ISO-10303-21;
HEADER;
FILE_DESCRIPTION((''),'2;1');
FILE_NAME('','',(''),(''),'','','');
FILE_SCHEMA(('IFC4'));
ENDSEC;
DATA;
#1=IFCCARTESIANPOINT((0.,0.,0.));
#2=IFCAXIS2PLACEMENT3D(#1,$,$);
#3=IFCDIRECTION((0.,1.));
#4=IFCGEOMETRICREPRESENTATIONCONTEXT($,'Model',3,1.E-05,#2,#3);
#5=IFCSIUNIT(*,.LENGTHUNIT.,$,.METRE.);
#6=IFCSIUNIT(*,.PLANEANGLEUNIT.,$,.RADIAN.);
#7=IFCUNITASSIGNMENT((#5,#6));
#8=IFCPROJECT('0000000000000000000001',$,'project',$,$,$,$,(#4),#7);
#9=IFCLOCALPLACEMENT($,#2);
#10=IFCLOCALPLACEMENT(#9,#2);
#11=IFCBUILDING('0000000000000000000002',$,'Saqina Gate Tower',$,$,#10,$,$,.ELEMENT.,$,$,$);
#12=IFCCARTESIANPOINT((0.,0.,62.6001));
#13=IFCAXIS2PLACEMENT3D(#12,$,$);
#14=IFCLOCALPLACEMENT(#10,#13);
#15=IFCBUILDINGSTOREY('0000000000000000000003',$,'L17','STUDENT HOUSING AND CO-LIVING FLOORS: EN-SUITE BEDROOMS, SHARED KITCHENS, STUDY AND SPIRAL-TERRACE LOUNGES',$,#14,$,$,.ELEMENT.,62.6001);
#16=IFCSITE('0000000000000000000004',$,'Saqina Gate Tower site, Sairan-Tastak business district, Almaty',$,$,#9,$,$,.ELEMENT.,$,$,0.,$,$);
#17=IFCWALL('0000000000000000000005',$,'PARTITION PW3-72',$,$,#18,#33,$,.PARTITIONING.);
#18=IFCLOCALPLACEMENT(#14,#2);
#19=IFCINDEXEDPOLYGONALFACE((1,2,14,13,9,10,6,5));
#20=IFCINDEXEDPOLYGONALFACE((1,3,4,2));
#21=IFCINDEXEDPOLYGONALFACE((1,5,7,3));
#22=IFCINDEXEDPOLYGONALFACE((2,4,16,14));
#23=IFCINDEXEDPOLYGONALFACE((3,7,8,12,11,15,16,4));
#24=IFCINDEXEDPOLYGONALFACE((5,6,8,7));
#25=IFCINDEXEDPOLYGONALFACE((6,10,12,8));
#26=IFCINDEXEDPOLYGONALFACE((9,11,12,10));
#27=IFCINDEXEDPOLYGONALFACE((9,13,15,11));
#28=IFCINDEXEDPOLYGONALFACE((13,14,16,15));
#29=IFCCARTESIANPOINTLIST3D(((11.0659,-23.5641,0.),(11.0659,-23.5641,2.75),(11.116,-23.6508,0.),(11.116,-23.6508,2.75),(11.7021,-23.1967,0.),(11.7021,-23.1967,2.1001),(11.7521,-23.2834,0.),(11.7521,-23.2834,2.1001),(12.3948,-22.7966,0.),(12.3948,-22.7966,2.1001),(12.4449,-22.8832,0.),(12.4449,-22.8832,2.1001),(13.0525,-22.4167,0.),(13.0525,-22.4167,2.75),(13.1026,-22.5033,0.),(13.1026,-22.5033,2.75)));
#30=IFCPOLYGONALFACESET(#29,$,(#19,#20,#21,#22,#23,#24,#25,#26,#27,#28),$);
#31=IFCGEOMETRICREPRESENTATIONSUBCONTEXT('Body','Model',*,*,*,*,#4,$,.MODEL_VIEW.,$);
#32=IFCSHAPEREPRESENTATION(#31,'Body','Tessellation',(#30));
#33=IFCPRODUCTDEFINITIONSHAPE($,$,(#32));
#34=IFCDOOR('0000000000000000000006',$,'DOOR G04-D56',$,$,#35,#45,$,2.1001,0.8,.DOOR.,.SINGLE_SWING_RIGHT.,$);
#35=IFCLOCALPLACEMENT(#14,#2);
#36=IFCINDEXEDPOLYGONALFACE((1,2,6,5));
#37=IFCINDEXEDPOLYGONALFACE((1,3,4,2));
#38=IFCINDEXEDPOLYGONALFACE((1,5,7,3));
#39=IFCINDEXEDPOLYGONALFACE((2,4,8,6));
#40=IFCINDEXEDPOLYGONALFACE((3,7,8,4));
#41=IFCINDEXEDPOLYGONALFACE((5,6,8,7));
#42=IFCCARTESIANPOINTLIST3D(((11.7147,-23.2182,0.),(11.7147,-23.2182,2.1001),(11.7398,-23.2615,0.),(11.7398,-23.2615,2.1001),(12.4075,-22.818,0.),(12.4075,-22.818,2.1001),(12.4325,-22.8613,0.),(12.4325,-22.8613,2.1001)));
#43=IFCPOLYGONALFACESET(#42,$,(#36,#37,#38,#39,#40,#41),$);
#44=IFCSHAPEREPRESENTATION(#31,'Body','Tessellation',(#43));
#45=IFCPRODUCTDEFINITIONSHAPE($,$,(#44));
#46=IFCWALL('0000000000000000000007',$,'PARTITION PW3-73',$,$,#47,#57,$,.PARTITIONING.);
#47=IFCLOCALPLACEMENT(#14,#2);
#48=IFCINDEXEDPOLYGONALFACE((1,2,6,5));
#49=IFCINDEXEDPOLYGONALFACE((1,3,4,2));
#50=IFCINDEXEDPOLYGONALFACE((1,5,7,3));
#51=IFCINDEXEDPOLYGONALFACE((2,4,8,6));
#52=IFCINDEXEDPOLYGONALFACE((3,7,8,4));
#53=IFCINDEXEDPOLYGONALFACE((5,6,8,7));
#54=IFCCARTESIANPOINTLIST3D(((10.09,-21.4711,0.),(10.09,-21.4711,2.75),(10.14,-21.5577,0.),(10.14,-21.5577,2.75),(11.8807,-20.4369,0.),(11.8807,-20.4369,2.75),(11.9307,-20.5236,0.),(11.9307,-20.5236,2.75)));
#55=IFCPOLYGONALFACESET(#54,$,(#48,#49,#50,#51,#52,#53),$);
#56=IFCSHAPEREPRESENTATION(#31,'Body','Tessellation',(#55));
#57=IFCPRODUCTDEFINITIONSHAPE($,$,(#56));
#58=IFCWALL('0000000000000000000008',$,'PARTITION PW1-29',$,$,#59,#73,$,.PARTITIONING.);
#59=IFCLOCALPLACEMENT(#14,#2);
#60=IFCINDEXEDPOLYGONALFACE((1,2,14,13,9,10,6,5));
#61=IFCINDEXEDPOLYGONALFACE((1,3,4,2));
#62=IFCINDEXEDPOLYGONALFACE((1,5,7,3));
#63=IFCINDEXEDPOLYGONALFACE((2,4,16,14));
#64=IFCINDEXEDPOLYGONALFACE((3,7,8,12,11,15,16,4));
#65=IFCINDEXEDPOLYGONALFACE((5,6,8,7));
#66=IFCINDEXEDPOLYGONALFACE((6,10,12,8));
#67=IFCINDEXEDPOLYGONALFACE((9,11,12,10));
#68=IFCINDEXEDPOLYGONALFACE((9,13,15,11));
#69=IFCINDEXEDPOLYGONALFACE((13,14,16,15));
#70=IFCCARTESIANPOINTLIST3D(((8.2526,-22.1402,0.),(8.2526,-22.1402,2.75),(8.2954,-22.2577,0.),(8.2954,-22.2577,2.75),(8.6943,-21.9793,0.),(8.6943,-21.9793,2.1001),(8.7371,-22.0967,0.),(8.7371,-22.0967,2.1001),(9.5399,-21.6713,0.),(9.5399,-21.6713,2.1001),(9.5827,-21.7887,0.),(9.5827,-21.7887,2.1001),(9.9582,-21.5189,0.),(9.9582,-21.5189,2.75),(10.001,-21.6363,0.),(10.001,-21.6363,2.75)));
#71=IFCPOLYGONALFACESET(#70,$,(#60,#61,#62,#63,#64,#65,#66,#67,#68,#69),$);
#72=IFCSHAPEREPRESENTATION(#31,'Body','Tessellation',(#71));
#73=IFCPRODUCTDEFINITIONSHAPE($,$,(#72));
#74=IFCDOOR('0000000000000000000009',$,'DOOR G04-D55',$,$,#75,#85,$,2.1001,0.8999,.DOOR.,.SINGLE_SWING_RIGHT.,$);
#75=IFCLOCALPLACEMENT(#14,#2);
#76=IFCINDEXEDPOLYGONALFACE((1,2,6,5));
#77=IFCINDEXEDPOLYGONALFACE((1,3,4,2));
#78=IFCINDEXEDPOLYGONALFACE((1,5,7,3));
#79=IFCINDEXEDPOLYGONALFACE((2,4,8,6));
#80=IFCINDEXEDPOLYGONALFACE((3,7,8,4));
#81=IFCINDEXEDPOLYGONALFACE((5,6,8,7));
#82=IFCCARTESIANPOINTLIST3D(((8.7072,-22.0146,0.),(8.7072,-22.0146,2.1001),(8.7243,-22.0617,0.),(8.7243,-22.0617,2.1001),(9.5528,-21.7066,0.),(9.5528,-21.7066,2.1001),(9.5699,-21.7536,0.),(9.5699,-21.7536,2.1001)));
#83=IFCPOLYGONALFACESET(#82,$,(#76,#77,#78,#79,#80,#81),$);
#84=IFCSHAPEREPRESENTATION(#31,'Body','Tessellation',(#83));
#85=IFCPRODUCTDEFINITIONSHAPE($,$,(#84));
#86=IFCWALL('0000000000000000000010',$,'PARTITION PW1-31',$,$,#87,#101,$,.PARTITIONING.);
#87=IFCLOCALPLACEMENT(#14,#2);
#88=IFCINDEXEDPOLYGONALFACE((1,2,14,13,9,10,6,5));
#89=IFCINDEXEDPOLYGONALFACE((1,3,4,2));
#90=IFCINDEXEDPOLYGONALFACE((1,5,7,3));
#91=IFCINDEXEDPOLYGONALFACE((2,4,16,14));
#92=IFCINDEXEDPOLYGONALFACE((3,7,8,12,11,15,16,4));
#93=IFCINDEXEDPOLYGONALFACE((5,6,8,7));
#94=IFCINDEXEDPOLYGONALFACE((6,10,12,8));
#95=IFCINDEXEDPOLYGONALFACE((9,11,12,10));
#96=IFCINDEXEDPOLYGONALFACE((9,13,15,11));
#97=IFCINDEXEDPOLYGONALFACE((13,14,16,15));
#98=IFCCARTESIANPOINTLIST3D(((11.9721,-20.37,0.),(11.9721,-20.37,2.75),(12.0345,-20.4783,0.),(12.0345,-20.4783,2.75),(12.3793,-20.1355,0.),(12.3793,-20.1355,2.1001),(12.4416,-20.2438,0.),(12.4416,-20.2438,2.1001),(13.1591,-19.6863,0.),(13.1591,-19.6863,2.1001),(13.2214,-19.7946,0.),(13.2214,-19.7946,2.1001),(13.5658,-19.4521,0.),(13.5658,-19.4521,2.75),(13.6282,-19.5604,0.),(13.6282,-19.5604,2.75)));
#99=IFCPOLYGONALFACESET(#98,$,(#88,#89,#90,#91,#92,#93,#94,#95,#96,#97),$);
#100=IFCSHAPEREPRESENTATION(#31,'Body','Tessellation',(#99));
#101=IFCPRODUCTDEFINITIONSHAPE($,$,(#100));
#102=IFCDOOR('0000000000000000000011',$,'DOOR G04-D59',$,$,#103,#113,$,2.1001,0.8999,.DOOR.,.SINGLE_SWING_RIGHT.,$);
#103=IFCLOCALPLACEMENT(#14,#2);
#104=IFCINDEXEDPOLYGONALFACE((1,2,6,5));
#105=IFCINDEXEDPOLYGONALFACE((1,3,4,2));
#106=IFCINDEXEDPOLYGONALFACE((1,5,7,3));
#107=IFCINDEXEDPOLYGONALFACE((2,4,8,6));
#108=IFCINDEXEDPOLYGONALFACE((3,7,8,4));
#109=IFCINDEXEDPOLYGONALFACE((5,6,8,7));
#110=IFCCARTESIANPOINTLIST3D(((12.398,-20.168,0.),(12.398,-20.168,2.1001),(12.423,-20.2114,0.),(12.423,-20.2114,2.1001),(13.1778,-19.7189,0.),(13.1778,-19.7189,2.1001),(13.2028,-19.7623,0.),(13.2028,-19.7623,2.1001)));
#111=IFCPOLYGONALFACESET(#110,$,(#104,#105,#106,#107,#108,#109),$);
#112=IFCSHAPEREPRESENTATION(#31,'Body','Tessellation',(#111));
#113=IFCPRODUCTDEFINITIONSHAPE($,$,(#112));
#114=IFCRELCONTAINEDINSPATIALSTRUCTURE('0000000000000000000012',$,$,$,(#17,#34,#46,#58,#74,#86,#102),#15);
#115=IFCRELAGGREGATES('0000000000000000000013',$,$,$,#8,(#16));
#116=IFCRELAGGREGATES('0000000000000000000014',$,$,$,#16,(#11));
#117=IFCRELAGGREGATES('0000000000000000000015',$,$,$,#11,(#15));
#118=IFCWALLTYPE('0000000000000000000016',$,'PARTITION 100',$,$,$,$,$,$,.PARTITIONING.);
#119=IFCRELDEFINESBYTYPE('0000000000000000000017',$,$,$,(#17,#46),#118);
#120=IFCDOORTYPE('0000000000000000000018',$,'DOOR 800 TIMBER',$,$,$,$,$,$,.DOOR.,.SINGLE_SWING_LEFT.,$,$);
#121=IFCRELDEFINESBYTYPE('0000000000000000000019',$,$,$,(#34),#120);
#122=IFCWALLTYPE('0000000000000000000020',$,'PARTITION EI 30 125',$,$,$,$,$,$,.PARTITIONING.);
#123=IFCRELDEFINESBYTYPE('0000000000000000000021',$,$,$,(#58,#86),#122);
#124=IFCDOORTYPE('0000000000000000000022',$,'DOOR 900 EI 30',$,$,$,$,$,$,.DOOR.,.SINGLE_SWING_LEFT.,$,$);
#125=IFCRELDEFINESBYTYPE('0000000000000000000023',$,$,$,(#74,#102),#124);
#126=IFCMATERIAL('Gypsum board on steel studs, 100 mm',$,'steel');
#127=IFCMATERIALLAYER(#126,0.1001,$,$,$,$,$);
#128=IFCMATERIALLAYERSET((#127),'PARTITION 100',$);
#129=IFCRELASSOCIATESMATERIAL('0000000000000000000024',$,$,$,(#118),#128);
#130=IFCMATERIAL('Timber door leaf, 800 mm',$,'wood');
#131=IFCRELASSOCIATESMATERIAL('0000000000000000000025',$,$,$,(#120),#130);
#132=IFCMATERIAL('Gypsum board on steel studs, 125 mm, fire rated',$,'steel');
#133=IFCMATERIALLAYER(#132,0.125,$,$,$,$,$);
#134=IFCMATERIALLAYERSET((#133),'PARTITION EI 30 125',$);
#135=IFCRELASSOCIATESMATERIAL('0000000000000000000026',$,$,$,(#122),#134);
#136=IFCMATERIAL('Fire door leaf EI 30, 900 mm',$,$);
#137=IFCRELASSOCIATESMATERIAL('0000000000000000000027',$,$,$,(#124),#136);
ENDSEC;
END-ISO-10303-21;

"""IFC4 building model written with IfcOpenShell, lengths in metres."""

from ifc_helpers import new_model, si_unit, direction, frame, frame_2d, origin, place, context, subcontext, project, spatial, rectangle, extrude, material, layer, layer_set, type_object, element, fill, save


model = new_model("IFC4")

# Units and contexts
model_context = context("Model", 3, precision=1e-05, world=origin(), true_north=direction((0.0, 1.0)))
body_context = subcontext(model_context, "Body", "Model", "MODEL_VIEW")
ifc_project = project(units=[si_unit("LENGTHUNIT", "METRE"), si_unit("PLANEANGLEUNIT", "RADIAN")], contexts=[model_context])

# Site, building, storey
site_placement = place(None, origin())
site = spatial("IfcSite", under=ifc_project, at=site_placement, Name="Saqina Gate Tower site, Sairan-Tastak business district, Almaty", CompositionType="ELEMENT", RefElevation=0.0)
building_placement = place(site_placement, origin())
building = spatial("IfcBuilding", under=site, at=building_placement, Name="Saqina Gate Tower", CompositionType="ELEMENT")
storey_placement = place(building_placement, frame((0.0, 0.0, 62.6001)))
storey = spatial("IfcBuildingStorey", under=building, at=storey_placement, Name="L17", Description="STUDENT HOUSING AND CO-LIVING FLOORS: EN-SUITE BEDROOMS, SHARED KITCHENS, STUDY AND SPIRAL-TERRACE LOUNGES", CompositionType="ELEMENT", Elevation=62.6001)

# Shared definitions
ifc_material_1 = material(Name="Gypsum board on steel studs, 100 mm", Category="steel")
ifc_layer_1 = layer(ifc_material_1, 0.1001)
ifc_layer_set_1 = layer_set([ifc_layer_1], Name="PARTITION 100")
wall_type_1 = type_object("IfcWallType", Name="PARTITION 100", PredefinedType="PARTITIONING", material=ifc_layer_set_1)

# Shared definitions
ifc_material_2 = material(Name="Timber door leaf, 800 mm", Category="wood")
door_type_1 = type_object("IfcDoorType", Name="DOOR 800 TIMBER", OperationType="SINGLE_SWING_LEFT", PredefinedType="DOOR", material=ifc_material_2)

# Wall, opening, door
wall_1_placement = place(storey_placement, frame((11.0911, -23.6074, 0.0), z_axis=(0.0, 0.0, 1.0), x_axis=(0.865929, 0.500168, 0.0)))
wall_1 = element("IfcWall", 1, at=wall_1_placement, inside=storey, type_object=wall_type_1, Name="PARTITION PW3-72", PredefinedType="PARTITIONING", context=body_context, shape_type="SweptSolid", body=[
    extrude(rectangle(XDim=2.2942, YDim=0.1001, at=frame_2d((1.147, 0.0))), origin(), (0.0, 0.0, 1.0), 2.75),
])
opening_1_placement = place(wall_1_placement, frame((0.7346, 0.0, 0.0)))
opening_1 = element("IfcOpeningElement", 2, at=opening_1_placement, cuts=wall_1, PredefinedType="OPENING", context=body_context, shape_type="SweptSolid", body=[
    extrude(rectangle(XDim=0.8, YDim=2.1001, at=frame_2d((0.3999, 1.05))), frame((0.0, 0.062, 0.0), z_axis=(0.0, -1.0, 0.0), x_axis=(1.0, 0.0, 0.0)), (0.0, 0.0, 1.0), 0.124),
])
door_1_placement = place(opening_1_placement, frame((0.8, 0.0, 0.0), z_axis=(0.0, 0.0, 1.0), x_axis=(-1.0, 0.0, 0.0)))
door_1 = element("IfcDoor", 3, at=door_1_placement, inside=storey, type_object=door_type_1, Name="DOOR G04-D56", OperationType="SINGLE_SWING_RIGHT", OverallHeight=2.1001, OverallWidth=0.8, PredefinedType="DOOR", context=body_context, shape_type="SweptSolid", body=[
    extrude(rectangle(XDim=0.8, YDim=2.1001, at=frame_2d((0.3999, 1.05))), frame((0.0, 0.0249, 0.0), z_axis=(0.0, -1.0, 0.0), x_axis=(1.0, 0.0, 0.0)), (0.0, 0.0, 1.0), 0.05),
])
fill(opening_1, door_1)

# Wall
wall_2_placement = place(storey_placement, frame((10.115, -21.5144, 0.0), z_axis=(0.0, 0.0, 1.0), x_axis=(0.865967, 0.500101, 0.0)))
element("IfcWall", 4, at=wall_2_placement, inside=storey, type_object=wall_type_1, Name="PARTITION PW3-73", PredefinedType="PARTITIONING", context=body_context, shape_type="SweptSolid", body=[
    extrude(rectangle(XDim=2.0679, YDim=0.1001, at=frame_2d((1.0339, 0.0))), origin(), (0.0, 0.0, 1.0), 2.75),
])

# Walls, openings, doors
ifc_material_3 = material(Name="Gypsum board on steel studs, 125 mm, fire rated", Category="steel")
ifc_layer_2 = layer(ifc_material_3, 0.125)
ifc_layer_set_2 = layer_set([ifc_layer_2], Name="PARTITION EI 30 125")
wall_type_2 = type_object("IfcWallType", Name="PARTITION EI 30 125", PredefinedType="PARTITIONING", material=ifc_layer_set_2)
wall_3_placement = place(storey_placement, frame((8.2739, -22.199, 0.0), z_axis=(0.0, 0.0, 1.0), x_axis=(0.939593, 0.342294, 0.0)))
wall_3 = element("IfcWall", 5, at=wall_3_placement, inside=storey, type_object=wall_type_2, Name="PARTITION PW1-29", PredefinedType="PARTITIONING", context=body_context, shape_type="SweptSolid", body=[
    extrude(rectangle(XDim=1.8152, YDim=0.125, at=frame_2d((0.9077, 0.0))), origin(), (0.0, 0.0, 1.0), 2.75),
])
opening_2_placement = place(wall_3_placement, frame((0.4702, 0.0, 0.0)))
opening_2 = element("IfcOpeningElement", 6, at=opening_2_placement, cuts=wall_3, PredefinedType="OPENING", context=body_context, shape_type="SweptSolid", body=[
    extrude(rectangle(XDim=0.8999, YDim=2.1001, at=frame_2d((0.45, 1.05))), frame((0.0, 0.0745, 0.0), z_axis=(0.0, -1.0, 0.0), x_axis=(1.0, 0.0, 0.0)), (0.0, 0.0, 1.0), 0.1489),
])
ifc_material_4 = material(Name="Fire door leaf EI 30, 900 mm")
door_type_2 = type_object("IfcDoorType", Name="DOOR 900 EI 30", OperationType="SINGLE_SWING_LEFT", PredefinedType="DOOR", material=ifc_material_4)
door_2_placement = place(opening_2_placement, origin())
door_2 = element("IfcDoor", 7, at=door_2_placement, inside=storey, type_object=door_type_2, Name="DOOR G04-D55", OperationType="SINGLE_SWING_RIGHT", OverallHeight=2.1001, OverallWidth=0.8999, PredefinedType="DOOR", context=body_context, shape_type="SweptSolid", body=[
    extrude(rectangle(XDim=0.8999, YDim=2.1001, at=frame_2d((0.45, 1.05))), frame((0.0, 0.0249, 0.0), z_axis=(0.0, -1.0, 0.0), x_axis=(1.0, 0.0, 0.0)), (0.0, 0.0, 1.0), 0.05),
])
fill(opening_2, door_2)
wall_4_placement = place(storey_placement, frame((12.0034, -20.4241, 0.0), z_axis=(0.0, 0.0, 1.0), x_axis=(0.866539, 0.499109, 0.0)))
wall_4 = element("IfcWall", 8, at=wall_4_placement, inside=storey, type_object=wall_type_2, Name="PARTITION PW1-31", PredefinedType="PARTITIONING", context=body_context, shape_type="SweptSolid", body=[
    extrude(rectangle(XDim=1.8391, YDim=0.125, at=frame_2d((0.9194, 0.0))), origin(), (0.0, 0.0, 1.0), 2.75),
])
opening_3_placement = place(wall_4_placement, frame((0.4697, 0.0, 0.0)))
opening_3 = element("IfcOpeningElement", 9, at=opening_3_placement, cuts=wall_4, PredefinedType="OPENING", context=body_context, shape_type="SweptSolid", body=[
    extrude(rectangle(XDim=0.8999, YDim=2.1001, at=frame_2d((0.45, 1.05))), frame((0.0, 0.0745, 0.0), z_axis=(0.0, -1.0, 0.0), x_axis=(1.0, 0.0, 0.0)), (0.0, 0.0, 1.0), 0.1489),
])
door_3_placement = place(opening_3_placement, origin())
door_3 = element("IfcDoor", 10, at=door_3_placement, inside=storey, type_object=door_type_2, Name="DOOR G04-D59", OperationType="SINGLE_SWING_RIGHT", OverallHeight=2.1001, OverallWidth=0.8999, PredefinedType="DOOR", context=body_context, shape_type="SweptSolid", body=[
    extrude(rectangle(XDim=0.8999, YDim=2.1001, at=frame_2d((0.45, 1.05))), frame((0.0, 0.0249, 0.0), z_axis=(0.0, -1.0, 0.0), x_axis=(1.0, 0.0, 0.0)), (0.0, 0.0, 1.0), 0.05),
])
fill(opening_3, door_3)

save(model, "model.ifc")
